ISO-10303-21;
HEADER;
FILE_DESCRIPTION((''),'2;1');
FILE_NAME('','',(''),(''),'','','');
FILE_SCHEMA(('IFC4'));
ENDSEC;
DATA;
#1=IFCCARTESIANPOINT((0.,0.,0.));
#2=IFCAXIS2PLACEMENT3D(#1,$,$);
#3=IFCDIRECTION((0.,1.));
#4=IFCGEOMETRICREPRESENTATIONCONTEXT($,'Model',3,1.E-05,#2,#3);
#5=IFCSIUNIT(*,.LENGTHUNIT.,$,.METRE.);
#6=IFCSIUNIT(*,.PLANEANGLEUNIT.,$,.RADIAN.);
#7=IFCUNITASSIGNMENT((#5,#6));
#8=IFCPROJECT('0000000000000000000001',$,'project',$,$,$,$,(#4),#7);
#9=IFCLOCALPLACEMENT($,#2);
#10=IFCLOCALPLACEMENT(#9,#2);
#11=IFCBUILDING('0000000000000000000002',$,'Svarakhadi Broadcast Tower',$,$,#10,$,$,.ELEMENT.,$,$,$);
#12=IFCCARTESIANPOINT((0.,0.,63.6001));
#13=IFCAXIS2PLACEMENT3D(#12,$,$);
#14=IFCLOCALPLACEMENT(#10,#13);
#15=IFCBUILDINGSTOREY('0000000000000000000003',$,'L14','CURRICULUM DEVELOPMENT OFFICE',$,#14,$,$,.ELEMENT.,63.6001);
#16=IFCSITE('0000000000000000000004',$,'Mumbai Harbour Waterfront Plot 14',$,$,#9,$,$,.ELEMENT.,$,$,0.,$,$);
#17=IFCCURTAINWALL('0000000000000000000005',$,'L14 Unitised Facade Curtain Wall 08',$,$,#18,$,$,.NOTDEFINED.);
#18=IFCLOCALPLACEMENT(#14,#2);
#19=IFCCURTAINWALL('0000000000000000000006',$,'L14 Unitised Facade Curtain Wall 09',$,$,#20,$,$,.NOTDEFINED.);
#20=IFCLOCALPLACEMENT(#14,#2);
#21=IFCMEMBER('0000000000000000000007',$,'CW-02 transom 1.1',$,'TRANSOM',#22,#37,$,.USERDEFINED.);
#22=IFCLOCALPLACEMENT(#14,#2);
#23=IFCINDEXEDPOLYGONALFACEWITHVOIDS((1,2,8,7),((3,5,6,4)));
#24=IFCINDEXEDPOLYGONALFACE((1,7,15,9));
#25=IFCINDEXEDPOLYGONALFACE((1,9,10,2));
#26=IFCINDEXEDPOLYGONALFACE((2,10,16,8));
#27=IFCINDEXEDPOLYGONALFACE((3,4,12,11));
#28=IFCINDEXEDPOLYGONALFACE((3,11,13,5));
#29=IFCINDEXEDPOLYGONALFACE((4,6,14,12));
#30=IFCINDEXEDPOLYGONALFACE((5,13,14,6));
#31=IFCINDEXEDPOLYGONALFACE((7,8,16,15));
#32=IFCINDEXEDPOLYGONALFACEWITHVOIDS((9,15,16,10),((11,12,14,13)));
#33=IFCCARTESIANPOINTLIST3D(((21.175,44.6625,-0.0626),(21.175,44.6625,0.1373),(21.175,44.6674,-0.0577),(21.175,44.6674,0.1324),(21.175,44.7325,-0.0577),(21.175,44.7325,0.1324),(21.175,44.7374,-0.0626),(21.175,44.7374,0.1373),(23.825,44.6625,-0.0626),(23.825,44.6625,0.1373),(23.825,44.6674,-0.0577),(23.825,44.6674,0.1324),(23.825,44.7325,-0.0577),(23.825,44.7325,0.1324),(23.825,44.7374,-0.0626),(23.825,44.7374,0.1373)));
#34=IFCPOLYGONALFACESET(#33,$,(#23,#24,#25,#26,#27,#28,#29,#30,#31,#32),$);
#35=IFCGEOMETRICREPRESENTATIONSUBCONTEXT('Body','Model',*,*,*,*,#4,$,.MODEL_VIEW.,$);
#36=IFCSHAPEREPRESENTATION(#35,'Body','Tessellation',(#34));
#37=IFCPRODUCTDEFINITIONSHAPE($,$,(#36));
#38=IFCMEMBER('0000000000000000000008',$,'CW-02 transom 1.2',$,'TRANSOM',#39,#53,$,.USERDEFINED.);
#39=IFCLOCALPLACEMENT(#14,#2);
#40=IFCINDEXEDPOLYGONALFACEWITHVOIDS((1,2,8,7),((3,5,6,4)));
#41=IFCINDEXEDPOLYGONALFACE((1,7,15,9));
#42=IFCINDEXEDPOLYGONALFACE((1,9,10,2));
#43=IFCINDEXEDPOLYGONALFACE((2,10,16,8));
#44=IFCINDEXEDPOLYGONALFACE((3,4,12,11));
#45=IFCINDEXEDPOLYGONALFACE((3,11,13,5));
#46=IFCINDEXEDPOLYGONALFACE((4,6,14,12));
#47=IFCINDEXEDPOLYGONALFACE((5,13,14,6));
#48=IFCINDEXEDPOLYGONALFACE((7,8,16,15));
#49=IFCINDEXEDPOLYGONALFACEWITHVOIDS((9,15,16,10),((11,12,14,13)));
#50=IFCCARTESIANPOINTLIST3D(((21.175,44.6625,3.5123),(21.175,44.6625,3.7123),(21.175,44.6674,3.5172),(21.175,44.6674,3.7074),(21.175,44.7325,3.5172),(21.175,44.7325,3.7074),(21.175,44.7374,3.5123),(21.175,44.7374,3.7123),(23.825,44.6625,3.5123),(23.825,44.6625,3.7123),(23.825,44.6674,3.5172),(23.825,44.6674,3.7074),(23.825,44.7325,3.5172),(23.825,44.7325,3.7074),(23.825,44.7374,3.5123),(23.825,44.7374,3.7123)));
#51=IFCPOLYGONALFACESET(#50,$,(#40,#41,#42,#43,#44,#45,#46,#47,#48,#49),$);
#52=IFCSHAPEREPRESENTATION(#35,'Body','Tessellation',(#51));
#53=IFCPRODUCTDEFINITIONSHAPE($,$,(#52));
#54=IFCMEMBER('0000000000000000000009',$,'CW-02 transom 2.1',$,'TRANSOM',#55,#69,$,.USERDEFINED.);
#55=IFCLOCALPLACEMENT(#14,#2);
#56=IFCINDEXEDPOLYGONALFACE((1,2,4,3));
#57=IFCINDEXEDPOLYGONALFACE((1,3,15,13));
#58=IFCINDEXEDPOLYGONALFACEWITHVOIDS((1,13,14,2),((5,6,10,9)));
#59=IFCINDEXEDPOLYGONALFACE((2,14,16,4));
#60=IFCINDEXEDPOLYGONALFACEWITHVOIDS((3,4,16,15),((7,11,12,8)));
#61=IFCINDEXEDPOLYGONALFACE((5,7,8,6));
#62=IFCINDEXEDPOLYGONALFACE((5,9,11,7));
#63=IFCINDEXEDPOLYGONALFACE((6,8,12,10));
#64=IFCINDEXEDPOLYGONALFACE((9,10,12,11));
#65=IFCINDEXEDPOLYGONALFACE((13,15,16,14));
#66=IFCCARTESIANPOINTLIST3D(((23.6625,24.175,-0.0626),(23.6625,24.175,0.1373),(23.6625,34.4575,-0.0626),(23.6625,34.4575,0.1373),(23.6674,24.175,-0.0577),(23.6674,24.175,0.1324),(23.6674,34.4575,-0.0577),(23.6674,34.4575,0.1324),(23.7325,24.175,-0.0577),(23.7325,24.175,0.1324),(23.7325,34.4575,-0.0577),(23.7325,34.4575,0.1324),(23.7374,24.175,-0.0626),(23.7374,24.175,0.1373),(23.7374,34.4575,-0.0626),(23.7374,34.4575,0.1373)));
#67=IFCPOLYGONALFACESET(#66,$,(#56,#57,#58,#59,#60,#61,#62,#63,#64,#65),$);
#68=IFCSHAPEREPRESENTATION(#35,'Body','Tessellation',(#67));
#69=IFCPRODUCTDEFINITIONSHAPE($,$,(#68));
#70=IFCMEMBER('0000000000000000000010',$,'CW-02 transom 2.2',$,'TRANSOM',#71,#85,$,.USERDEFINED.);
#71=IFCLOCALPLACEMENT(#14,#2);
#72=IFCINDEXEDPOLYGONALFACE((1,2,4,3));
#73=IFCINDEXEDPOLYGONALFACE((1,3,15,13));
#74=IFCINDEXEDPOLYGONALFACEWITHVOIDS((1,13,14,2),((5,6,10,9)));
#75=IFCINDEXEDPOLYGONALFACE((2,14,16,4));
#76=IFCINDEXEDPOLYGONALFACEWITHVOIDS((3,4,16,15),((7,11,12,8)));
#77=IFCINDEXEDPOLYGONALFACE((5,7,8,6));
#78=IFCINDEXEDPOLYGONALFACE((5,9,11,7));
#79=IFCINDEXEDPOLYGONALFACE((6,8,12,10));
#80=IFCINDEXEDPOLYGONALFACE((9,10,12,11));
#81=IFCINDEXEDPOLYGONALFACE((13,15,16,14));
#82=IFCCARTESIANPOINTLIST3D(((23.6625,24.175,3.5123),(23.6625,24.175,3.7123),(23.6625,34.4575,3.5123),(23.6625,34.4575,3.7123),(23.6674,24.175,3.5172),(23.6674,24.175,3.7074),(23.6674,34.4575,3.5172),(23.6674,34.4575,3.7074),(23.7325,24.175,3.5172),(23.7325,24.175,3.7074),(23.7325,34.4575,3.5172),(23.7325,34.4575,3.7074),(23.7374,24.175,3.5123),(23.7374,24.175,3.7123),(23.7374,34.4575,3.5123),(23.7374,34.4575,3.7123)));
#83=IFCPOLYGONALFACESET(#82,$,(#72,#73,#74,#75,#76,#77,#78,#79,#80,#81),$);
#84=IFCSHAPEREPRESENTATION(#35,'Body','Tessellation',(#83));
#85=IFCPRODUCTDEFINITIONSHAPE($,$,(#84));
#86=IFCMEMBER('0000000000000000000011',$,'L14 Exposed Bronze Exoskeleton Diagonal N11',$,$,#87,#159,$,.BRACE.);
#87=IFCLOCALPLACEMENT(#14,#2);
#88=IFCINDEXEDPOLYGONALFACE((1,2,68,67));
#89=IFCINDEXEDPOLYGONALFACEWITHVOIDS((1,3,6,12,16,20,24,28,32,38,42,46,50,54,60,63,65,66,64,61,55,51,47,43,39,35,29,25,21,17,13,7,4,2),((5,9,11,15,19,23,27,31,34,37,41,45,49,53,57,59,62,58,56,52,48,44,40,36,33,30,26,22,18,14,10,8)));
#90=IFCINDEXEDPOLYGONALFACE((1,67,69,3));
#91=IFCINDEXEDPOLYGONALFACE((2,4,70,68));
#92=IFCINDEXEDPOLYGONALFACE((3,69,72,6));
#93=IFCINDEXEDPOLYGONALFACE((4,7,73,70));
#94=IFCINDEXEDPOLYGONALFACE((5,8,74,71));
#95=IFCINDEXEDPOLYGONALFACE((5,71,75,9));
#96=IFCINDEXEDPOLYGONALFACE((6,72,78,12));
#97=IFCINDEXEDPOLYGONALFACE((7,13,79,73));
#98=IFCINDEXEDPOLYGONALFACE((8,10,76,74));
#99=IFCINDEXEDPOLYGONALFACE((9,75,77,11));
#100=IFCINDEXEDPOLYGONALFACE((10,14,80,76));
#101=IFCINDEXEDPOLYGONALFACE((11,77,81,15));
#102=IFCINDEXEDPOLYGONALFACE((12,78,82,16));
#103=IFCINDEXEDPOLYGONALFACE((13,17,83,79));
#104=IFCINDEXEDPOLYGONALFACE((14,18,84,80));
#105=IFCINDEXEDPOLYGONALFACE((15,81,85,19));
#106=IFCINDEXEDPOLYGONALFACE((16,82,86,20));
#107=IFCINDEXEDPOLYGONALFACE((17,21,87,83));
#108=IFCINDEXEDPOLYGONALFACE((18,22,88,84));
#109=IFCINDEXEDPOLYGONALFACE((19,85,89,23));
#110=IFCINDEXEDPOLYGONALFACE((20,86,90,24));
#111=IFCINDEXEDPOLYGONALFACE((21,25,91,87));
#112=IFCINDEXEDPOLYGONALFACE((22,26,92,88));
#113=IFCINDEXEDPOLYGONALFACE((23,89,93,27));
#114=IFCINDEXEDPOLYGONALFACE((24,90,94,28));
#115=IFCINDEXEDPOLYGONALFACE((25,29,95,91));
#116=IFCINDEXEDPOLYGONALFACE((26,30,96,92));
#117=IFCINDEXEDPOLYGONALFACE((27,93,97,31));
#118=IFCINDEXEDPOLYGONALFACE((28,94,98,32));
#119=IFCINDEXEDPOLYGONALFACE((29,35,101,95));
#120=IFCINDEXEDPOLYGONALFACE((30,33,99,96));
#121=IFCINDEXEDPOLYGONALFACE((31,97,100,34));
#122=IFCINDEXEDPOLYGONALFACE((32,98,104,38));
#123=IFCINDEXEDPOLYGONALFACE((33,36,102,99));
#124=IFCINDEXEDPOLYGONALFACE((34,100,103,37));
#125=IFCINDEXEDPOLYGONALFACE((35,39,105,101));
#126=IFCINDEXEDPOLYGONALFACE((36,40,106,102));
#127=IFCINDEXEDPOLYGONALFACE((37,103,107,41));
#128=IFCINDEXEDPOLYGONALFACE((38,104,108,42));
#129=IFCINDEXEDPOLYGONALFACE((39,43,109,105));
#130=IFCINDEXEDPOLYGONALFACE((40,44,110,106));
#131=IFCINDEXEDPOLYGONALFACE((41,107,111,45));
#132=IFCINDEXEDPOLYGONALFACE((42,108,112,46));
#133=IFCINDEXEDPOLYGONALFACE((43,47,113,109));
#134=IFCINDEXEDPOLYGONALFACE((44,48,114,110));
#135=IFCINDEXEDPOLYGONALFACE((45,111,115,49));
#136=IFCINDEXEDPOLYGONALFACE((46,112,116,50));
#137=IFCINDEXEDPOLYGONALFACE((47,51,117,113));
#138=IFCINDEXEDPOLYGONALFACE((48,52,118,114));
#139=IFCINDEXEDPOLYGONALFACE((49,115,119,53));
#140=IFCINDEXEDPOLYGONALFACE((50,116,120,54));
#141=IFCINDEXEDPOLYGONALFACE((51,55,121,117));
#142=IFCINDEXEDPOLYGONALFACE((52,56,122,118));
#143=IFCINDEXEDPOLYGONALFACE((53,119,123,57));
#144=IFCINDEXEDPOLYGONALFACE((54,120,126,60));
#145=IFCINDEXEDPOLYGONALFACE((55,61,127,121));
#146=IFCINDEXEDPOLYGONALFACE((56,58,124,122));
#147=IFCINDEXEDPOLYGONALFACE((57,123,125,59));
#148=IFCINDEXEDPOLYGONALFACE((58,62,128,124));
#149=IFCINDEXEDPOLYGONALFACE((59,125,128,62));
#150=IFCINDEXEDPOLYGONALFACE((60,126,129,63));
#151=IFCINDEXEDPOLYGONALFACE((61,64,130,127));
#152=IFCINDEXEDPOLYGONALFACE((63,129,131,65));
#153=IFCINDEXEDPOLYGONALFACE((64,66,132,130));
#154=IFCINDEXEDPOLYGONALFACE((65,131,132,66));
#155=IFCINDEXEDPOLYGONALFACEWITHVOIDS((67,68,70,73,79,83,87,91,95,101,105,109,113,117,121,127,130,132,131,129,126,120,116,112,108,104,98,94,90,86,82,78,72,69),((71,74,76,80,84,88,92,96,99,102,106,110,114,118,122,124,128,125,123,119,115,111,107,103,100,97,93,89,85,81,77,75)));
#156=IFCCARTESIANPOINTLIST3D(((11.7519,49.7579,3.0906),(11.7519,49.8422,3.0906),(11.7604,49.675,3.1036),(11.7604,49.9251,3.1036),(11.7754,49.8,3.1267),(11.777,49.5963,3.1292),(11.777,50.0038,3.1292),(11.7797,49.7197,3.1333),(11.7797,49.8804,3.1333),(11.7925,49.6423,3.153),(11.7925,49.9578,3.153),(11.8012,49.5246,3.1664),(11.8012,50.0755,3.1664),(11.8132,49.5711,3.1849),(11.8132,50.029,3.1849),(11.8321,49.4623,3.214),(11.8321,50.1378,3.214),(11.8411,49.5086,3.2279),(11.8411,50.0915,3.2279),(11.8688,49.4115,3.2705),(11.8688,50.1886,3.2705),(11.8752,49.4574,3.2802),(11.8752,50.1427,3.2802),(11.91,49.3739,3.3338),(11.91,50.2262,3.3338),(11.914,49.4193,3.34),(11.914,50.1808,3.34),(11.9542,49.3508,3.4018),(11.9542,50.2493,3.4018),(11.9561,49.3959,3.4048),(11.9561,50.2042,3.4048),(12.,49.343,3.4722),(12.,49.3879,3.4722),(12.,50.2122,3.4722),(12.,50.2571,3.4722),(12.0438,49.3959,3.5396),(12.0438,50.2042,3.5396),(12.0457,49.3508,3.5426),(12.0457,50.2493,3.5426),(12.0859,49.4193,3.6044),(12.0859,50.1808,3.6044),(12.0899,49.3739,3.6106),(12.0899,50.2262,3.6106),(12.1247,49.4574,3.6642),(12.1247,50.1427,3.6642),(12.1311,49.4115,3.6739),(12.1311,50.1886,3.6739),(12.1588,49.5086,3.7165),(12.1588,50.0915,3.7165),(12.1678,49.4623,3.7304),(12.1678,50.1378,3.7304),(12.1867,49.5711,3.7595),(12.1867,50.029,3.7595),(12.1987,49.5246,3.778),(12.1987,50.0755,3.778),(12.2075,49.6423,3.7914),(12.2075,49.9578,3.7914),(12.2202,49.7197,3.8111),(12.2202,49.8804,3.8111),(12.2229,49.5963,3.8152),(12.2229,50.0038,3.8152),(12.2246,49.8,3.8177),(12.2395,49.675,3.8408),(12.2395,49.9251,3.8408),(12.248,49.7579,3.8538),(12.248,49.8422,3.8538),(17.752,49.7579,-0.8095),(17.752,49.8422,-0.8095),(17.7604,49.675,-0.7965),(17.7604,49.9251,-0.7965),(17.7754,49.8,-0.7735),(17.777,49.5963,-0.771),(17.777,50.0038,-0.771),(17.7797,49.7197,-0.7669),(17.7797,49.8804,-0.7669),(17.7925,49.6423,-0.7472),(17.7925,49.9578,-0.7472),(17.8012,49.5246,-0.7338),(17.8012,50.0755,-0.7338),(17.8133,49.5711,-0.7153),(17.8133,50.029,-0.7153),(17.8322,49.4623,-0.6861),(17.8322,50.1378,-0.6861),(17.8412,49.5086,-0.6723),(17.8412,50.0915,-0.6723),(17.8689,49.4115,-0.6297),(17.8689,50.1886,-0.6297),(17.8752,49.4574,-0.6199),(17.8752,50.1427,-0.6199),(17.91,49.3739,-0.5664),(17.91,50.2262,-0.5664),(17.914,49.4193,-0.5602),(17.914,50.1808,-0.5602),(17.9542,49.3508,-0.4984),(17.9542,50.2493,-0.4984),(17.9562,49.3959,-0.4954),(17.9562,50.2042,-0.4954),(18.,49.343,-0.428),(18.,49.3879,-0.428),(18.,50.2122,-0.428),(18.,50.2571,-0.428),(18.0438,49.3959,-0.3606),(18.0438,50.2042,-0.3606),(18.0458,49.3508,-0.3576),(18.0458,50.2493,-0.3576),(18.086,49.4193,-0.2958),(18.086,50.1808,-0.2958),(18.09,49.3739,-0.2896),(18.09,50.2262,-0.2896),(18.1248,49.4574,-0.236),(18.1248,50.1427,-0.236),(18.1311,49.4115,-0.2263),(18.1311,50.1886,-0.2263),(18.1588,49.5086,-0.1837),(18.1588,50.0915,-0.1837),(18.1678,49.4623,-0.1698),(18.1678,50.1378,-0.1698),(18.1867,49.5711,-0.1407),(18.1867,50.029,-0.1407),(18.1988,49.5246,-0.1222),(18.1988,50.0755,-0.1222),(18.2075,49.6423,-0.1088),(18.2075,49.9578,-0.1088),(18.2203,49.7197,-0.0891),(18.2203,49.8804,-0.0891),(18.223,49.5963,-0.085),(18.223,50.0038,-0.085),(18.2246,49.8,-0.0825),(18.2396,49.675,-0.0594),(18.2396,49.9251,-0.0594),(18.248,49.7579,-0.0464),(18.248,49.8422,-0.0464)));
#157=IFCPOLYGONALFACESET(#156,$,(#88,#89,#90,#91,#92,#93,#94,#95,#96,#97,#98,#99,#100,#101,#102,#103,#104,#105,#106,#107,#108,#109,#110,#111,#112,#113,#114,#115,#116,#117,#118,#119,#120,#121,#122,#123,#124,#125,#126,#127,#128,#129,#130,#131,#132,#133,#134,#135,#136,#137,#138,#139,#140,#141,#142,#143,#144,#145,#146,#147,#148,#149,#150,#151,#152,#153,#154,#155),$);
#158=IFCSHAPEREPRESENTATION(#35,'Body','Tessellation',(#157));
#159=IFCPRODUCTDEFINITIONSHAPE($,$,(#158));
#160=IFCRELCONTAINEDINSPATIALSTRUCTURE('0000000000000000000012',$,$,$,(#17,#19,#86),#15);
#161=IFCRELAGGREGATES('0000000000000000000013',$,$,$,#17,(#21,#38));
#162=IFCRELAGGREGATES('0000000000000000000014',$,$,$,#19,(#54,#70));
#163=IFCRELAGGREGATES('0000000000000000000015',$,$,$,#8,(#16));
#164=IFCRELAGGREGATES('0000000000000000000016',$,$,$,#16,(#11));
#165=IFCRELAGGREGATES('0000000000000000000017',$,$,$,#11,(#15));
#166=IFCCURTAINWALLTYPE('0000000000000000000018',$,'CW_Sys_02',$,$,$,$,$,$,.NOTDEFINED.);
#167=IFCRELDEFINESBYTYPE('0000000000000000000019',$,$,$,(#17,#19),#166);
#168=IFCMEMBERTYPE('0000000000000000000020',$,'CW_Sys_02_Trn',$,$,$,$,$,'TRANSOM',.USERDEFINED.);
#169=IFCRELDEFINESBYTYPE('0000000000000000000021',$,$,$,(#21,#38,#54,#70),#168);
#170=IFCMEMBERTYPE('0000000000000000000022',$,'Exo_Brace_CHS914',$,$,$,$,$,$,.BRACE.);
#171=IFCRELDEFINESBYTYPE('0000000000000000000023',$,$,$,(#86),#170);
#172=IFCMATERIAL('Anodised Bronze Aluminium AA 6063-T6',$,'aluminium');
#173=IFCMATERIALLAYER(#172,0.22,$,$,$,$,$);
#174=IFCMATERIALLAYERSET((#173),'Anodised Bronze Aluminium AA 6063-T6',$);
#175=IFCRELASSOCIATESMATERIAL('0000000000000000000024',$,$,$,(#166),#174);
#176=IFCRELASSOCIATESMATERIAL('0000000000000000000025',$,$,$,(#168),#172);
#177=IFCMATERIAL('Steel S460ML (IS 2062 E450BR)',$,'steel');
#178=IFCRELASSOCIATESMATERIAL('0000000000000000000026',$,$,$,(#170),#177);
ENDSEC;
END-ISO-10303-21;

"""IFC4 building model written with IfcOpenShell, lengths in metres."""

from ifc_helpers import new_model, si_unit, direction, frame, origin, origin_2d, place, context, subcontext, project, spatial, hollow_rectangle, hollow_circle, extrude, material, layer, layer_set, material_profile, profile_set, type_object, element, aggregate, save


model = new_model("IFC4")

# Units and contexts
model_context = context("Model", 3, precision=1e-05, world=origin(), true_north=direction((0.0, 1.0)))
body_context = subcontext(model_context, "Body", "Model", "MODEL_VIEW")
ifc_project = project(units=[si_unit("LENGTHUNIT", "METRE"), si_unit("PLANEANGLEUNIT", "RADIAN")], contexts=[model_context])

# Site, building, storey
site_placement = place(None, origin())
site = spatial("IfcSite", under=ifc_project, at=site_placement, Name="Mumbai Harbour Waterfront Plot 14", CompositionType="ELEMENT", RefElevation=0.0)
building_placement = place(site_placement, origin())
building = spatial("IfcBuilding", under=site, at=building_placement, Name="Svarakhadi Broadcast Tower", CompositionType="ELEMENT")
storey_placement = place(building_placement, frame((0.0, 0.0, 63.6001)))
storey = spatial("IfcBuildingStorey", under=building, at=storey_placement, Name="L14", Description="CURRICULUM DEVELOPMENT OFFICE", CompositionType="ELEMENT", Elevation=63.6001)

# Shared definitions
ifc_material_1 = material(Name="Anodised Bronze Aluminium AA 6063-T6", Category="aluminium")
ifc_layer_1 = layer(ifc_material_1, 0.22)
ifc_layer_set_1 = layer_set([ifc_layer_1], Name="Anodised Bronze Aluminium AA 6063-T6")
curtain_wall_type = type_object("IfcCurtainWallType", Name="CW_Sys_02", PredefinedType="NOTDEFINED", material=ifc_layer_set_1)

# Curtain wall
curtain_wall_1_placement = place(storey_placement, origin())
curtain_wall_1 = element("IfcCurtainWall", 1, at=curtain_wall_1_placement, inside=storey, type_object=curtain_wall_type, Name="L14 Unitised Facade Curtain Wall 08", PredefinedType="NOTDEFINED")

# Curtain wall
curtain_wall_2_placement = place(storey_placement, origin())
curtain_wall_2 = element("IfcCurtainWall", 2, at=curtain_wall_2_placement, inside=storey, type_object=curtain_wall_type, Name="L14 Unitised Facade Curtain Wall 09", PredefinedType="NOTDEFINED")

# Members
ifc_material_profile_1 = material_profile(ifc_material_1, hollow_rectangle(XDim=0.075, YDim=0.2, WallThickness=0.0049, at=origin_2d()), Name="ALU TRANSOM 200x75x5")
ifc_profile_set_1 = profile_set([ifc_material_profile_1], Name="Anodised Bronze Aluminium AA 6063-T6")
member_type_1 = type_object("IfcMemberType", Name="CW_Sys_02_Trn", ElementType="TRANSOM", PredefinedType="USERDEFINED", material=ifc_profile_set_1)
member_1_placement = place(storey_placement, frame((21.175, 44.7, 0.0374), z_axis=(1.0, 0.0, 0.0), x_axis=(0.0, 1.0, 0.0)))
member_1 = element("IfcMember", 3, at=member_1_placement, type_object=member_type_1, Name="CW-02 transom 1.1", ObjectType="TRANSOM", PredefinedType="USERDEFINED", context=body_context, shape_type="SweptSolid", body=[
    extrude(hollow_rectangle(XDim=0.075, YDim=0.2, WallThickness=0.0049, at=origin_2d()), origin(), (0.0, 0.0, 1.0), 2.6499),
])
member_2_placement = place(storey_placement, frame((21.175, 44.7, 3.6123), z_axis=(1.0, 0.0, 0.0), x_axis=(0.0, 1.0, 0.0)))
member_2 = element("IfcMember", 4, at=member_2_placement, type_object=member_type_1, Name="CW-02 transom 1.2", ObjectType="TRANSOM", PredefinedType="USERDEFINED", context=body_context, shape_type="SweptSolid", body=[
    extrude(hollow_rectangle(XDim=0.075, YDim=0.2, WallThickness=0.0049, at=origin_2d()), origin(), (0.0, 0.0, 1.0), 2.6499),
])
member_3_placement = place(storey_placement, frame((23.7, 34.4575, 0.0374), z_axis=(0.0, -1.0, 0.0), x_axis=(1.0, 0.0, 0.0)))
member_3 = element("IfcMember", 5, at=member_3_placement, type_object=member_type_1, Name="CW-02 transom 2.1", ObjectType="TRANSOM", PredefinedType="USERDEFINED", context=body_context, shape_type="SweptSolid", body=[
    extrude(hollow_rectangle(XDim=0.075, YDim=0.2, WallThickness=0.0049, at=origin_2d()), origin(), (0.0, 0.0, 1.0), 10.2825),
])
member_4_placement = place(storey_placement, frame((23.7, 34.4575, 3.6123), z_axis=(0.0, -1.0, 0.0), x_axis=(1.0, 0.0, 0.0)))
member_4 = element("IfcMember", 6, at=member_4_placement, type_object=member_type_1, Name="CW-02 transom 2.2", ObjectType="TRANSOM", PredefinedType="USERDEFINED", context=body_context, shape_type="SweptSolid", body=[
    extrude(hollow_rectangle(XDim=0.075, YDim=0.2, WallThickness=0.0049, at=origin_2d()), origin(), (0.0, 0.0, 1.0), 10.2825),
])

# Member
ifc_material_2 = material(Name="Steel S460ML (IS 2062 E450BR)", Category="steel")
ifc_material_profile_2 = material_profile(ifc_material_2, hollow_circle(Radius=0.457, WallThickness=0.0449, at=origin_2d()), Name="CHS 914x45")
ifc_profile_set_2 = profile_set([ifc_material_profile_2], Name="Steel S460ML (IS 2062 E450BR)")
member_type_2 = type_object("IfcMemberType", Name="Exo_Brace_CHS914", PredefinedType="BRACE", material=ifc_profile_set_2)
member_5_placement = place(storey_placement, frame((18.0, 49.8, -0.428), z_axis=(-0.838434, 0.0, 0.545003), x_axis=(0.0, -1.0, 0.0)))
element("IfcMember", 7, at=member_5_placement, inside=storey, type_object=member_type_2, Name="L14 Exposed Bronze Exoskeleton Diagonal N11", PredefinedType="BRACE", context=body_context, shape_type="SweptSolid", body=[
    extrude(hollow_circle(Radius=0.457, WallThickness=0.0449, at=origin_2d()), origin(), (0.0, 0.0, 1.0), 7.1562),
])

aggregate(curtain_wall_1, [member_1, member_2])
aggregate(curtain_wall_2, [member_3, member_4])

save(model, "model.ifc")
